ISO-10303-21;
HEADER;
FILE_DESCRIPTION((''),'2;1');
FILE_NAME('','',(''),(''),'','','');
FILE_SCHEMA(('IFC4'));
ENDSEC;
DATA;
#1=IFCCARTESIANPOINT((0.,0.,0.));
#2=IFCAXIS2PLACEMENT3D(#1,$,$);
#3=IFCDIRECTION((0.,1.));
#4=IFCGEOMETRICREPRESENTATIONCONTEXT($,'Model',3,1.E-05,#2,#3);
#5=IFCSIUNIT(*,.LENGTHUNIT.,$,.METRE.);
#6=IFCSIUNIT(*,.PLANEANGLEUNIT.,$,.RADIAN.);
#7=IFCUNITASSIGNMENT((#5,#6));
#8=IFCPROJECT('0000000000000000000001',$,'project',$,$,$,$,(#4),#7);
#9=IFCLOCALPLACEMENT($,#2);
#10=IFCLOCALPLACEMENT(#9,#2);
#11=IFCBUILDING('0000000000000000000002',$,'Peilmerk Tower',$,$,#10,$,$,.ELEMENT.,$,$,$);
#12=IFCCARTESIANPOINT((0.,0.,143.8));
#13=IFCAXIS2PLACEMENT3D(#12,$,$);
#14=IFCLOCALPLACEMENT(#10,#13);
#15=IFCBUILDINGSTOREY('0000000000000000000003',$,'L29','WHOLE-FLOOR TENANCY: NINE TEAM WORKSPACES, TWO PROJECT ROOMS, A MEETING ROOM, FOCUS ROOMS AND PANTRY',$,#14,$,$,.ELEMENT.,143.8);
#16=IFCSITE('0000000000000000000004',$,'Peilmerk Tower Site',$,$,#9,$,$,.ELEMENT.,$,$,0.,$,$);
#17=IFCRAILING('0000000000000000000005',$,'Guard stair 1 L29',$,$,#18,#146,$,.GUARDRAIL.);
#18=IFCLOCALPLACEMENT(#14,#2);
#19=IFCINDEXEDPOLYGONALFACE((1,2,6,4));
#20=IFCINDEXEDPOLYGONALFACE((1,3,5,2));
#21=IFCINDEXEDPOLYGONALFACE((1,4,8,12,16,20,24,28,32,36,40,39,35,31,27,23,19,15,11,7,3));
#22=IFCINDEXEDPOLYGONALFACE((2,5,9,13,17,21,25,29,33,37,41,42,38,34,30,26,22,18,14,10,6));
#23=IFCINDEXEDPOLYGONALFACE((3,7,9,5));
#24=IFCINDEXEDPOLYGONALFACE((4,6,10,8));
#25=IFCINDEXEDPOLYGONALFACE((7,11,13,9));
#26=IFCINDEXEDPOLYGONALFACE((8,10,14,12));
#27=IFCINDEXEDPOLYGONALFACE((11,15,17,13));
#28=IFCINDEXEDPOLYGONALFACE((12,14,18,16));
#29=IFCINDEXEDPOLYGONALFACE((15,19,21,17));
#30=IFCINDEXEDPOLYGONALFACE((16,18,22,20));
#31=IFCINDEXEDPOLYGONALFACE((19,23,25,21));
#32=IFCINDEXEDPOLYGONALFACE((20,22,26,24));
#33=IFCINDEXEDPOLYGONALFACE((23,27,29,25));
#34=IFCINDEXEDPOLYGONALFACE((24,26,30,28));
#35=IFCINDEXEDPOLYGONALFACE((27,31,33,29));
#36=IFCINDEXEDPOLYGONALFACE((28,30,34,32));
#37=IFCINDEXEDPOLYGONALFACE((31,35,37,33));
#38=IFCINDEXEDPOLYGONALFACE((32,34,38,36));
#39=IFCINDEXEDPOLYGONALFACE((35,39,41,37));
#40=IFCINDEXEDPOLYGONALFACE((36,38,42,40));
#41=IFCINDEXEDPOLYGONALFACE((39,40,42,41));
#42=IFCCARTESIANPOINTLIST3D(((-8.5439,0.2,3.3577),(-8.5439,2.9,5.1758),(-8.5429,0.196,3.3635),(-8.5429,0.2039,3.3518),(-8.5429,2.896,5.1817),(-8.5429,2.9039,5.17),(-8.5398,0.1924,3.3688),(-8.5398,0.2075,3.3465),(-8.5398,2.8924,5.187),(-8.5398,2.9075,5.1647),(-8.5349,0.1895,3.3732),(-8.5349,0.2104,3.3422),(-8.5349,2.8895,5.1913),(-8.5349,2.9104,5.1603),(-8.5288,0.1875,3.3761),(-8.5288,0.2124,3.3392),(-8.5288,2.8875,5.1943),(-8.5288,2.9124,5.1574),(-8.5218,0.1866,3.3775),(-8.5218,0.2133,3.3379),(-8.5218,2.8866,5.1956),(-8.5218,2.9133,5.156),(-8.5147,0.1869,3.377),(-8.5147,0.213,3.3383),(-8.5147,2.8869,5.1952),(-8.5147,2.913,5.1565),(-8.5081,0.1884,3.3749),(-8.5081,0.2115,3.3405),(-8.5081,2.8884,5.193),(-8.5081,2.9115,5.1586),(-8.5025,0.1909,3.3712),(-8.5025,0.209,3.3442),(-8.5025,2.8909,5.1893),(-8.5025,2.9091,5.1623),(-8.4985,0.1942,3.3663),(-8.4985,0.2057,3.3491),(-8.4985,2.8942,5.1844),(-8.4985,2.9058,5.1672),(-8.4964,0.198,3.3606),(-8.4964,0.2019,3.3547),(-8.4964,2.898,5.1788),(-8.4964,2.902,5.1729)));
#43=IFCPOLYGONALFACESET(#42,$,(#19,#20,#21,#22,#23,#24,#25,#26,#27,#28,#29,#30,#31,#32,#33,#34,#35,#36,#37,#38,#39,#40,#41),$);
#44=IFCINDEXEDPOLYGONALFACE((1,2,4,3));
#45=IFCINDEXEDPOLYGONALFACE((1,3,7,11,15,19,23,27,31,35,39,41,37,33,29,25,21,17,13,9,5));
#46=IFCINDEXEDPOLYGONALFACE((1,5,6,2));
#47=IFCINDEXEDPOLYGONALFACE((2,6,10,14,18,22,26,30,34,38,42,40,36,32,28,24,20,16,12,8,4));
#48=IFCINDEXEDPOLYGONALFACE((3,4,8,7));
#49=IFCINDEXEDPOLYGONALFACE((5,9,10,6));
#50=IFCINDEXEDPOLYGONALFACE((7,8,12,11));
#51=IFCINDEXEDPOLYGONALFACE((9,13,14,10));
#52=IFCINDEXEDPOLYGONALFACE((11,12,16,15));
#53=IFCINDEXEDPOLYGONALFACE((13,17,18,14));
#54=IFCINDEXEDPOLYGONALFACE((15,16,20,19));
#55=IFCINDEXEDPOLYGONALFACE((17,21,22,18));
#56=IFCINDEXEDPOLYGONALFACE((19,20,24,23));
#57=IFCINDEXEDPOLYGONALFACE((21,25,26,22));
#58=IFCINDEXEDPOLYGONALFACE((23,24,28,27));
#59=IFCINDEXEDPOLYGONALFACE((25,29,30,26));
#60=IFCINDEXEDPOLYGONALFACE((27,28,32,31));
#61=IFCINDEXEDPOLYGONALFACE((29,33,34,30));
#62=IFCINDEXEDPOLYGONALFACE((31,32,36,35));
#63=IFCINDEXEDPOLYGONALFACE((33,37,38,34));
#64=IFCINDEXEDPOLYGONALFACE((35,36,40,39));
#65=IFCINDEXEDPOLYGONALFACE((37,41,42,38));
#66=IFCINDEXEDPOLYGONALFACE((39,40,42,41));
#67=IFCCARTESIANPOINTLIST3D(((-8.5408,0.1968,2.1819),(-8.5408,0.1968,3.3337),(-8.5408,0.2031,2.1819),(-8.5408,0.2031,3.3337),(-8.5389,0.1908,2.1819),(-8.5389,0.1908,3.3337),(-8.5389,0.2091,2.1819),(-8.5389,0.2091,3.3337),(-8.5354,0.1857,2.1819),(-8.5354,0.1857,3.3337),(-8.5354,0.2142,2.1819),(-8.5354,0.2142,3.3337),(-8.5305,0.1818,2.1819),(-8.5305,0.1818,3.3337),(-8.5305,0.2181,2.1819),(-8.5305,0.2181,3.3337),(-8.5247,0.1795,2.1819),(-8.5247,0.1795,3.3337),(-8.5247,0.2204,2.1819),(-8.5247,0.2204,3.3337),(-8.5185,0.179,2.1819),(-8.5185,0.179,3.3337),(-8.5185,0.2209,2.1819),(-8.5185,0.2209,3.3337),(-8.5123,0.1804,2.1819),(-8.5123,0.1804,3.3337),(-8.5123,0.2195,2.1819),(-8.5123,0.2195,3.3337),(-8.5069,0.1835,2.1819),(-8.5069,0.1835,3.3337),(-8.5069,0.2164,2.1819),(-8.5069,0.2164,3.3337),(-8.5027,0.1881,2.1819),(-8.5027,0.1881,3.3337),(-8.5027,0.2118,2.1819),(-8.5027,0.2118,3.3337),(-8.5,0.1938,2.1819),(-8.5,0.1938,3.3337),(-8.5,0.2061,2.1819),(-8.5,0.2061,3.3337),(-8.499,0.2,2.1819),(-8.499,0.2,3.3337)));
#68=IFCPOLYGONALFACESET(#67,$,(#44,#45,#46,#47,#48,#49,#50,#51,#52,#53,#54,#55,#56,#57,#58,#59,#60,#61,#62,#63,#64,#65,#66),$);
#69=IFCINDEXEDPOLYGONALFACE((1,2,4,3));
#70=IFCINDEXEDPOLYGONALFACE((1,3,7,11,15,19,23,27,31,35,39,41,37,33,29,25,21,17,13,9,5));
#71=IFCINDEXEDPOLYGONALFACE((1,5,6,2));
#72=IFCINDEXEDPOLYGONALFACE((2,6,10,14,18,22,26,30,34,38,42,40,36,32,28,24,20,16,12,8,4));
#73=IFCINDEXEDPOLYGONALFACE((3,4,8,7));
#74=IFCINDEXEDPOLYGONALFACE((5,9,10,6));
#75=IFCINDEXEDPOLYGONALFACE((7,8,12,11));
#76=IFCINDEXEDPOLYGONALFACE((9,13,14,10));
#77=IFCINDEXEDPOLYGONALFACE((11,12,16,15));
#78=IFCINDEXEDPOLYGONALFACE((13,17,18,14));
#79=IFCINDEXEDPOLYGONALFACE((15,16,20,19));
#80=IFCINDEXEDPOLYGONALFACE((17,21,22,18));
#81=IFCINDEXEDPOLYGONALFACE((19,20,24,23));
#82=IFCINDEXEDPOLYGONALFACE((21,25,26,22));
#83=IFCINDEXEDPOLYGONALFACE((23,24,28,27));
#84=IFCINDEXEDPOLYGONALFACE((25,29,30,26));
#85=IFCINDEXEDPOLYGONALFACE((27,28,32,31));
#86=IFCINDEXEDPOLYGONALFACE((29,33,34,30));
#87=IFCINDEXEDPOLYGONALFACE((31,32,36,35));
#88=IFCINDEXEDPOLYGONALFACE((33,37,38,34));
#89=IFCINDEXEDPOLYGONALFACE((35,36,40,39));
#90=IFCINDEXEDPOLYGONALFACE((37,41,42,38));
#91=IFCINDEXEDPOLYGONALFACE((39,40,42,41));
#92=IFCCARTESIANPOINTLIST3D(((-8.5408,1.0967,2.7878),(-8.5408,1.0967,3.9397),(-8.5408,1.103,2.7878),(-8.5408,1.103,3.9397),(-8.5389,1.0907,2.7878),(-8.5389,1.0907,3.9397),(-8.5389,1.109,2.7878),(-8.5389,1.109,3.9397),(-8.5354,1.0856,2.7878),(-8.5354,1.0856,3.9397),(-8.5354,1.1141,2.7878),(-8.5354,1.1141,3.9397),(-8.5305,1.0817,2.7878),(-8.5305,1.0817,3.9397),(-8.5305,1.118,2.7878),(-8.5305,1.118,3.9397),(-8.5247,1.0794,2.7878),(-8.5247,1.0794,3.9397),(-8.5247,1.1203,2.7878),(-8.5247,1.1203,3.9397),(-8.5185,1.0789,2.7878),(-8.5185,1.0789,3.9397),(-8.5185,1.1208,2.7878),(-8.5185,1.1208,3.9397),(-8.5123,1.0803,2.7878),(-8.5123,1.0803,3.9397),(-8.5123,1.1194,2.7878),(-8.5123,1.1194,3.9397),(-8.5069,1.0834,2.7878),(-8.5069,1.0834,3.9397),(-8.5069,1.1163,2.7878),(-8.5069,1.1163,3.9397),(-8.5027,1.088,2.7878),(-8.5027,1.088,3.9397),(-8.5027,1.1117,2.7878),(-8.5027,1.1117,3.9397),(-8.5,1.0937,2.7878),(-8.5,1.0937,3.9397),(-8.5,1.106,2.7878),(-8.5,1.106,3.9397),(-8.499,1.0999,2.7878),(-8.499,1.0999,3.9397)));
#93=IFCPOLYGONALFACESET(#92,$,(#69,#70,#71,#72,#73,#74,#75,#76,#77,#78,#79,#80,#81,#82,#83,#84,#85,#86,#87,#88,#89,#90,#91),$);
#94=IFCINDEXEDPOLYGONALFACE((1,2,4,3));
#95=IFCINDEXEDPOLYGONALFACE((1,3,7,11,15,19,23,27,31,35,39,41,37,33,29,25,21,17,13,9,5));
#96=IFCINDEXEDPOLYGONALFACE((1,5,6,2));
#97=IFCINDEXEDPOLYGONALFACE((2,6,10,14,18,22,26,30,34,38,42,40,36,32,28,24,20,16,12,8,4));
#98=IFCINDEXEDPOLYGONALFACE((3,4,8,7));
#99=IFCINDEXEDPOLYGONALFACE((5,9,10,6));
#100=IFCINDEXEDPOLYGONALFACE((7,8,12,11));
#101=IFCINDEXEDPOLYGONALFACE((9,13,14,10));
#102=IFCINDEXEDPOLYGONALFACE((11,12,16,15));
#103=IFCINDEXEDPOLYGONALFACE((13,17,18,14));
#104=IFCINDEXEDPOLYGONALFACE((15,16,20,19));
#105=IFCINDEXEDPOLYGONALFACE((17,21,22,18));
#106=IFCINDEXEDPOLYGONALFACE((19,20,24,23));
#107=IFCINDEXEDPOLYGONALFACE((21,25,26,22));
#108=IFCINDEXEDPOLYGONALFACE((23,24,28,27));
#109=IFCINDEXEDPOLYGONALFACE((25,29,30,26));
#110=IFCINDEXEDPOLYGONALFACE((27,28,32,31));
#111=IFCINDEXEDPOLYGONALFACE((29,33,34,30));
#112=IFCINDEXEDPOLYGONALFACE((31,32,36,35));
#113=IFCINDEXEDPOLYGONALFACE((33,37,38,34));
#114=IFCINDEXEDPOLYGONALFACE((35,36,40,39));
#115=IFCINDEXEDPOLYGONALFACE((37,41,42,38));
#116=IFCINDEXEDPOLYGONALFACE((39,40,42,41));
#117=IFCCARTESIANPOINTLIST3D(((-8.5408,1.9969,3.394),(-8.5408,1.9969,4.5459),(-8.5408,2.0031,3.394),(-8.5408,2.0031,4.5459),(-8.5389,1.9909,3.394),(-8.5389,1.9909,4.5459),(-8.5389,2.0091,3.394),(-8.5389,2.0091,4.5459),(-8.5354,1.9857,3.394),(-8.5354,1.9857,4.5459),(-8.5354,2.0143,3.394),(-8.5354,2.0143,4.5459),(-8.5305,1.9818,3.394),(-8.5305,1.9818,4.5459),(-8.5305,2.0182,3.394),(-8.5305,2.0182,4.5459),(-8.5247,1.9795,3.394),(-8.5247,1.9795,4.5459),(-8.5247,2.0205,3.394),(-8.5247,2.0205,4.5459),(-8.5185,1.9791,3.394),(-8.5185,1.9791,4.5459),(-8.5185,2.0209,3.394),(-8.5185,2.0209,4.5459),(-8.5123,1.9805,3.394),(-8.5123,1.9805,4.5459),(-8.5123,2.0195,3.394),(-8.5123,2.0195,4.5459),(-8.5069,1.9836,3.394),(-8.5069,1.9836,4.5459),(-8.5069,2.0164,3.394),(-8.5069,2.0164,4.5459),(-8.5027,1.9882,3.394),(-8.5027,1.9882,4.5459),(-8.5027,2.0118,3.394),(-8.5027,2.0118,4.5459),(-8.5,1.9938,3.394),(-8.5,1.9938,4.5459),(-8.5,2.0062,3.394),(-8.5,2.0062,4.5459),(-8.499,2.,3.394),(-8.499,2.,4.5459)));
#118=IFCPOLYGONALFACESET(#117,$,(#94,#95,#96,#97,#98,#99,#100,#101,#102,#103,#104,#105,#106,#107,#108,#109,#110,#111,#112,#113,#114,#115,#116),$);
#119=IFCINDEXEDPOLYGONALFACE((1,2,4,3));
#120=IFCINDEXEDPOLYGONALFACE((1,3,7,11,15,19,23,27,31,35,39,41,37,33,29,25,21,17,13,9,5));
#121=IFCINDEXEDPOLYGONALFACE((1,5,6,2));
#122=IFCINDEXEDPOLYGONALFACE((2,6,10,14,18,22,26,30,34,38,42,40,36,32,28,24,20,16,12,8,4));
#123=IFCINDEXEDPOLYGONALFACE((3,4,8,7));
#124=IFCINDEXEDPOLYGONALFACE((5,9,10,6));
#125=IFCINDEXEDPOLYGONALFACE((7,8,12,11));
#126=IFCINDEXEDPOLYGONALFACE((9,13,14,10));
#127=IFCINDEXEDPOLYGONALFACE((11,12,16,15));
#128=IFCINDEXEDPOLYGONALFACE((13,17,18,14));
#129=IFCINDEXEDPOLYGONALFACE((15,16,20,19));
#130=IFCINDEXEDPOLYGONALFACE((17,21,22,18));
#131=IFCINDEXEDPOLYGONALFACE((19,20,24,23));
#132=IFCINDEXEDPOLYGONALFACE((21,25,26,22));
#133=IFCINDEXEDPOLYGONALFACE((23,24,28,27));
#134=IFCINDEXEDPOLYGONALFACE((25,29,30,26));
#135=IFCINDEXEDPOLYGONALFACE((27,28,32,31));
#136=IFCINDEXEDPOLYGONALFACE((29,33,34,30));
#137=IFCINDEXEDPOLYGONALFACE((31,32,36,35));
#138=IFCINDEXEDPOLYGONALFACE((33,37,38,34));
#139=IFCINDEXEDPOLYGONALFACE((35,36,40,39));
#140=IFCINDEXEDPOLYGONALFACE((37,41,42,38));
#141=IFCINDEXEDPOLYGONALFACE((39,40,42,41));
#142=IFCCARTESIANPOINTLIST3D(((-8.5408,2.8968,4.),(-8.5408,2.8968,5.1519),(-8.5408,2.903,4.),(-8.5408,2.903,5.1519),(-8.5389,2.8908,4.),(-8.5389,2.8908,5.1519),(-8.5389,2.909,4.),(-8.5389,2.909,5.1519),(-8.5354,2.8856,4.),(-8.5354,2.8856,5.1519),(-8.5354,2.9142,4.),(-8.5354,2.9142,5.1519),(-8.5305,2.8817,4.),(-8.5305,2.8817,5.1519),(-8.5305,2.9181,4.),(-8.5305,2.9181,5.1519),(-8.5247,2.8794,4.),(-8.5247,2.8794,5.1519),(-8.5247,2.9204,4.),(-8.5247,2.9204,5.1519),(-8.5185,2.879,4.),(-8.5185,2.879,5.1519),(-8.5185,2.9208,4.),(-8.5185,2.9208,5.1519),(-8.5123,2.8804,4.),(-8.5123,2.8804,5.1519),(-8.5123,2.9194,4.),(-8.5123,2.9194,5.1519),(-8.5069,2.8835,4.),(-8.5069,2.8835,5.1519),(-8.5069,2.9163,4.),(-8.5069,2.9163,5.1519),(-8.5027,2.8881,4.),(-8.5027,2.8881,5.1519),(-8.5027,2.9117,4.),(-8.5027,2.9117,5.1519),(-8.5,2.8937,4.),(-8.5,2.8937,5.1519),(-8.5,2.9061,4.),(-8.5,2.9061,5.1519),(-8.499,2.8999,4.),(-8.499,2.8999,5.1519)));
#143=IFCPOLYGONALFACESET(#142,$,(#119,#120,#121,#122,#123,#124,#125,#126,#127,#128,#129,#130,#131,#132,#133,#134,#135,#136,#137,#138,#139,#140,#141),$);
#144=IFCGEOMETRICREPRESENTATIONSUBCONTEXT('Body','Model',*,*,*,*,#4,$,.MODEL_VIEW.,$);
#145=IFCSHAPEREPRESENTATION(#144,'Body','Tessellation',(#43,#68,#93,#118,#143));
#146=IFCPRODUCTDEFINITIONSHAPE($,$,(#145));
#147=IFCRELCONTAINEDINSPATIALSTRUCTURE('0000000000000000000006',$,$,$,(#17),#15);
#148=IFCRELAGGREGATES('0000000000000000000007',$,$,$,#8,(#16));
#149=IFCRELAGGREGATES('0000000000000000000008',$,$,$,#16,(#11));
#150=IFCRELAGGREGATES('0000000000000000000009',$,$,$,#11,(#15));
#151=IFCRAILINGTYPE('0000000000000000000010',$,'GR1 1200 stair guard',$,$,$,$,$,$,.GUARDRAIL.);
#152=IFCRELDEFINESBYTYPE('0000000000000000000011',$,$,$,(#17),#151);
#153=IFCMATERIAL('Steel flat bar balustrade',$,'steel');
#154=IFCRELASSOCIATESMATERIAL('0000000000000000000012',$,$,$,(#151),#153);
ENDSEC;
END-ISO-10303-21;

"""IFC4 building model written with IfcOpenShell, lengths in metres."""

from ifc_helpers import new_model, si_unit, direction, frame, origin, origin_2d, place, context, subcontext, project, spatial, circle, extrude, material, type_object, element, save


model = new_model("IFC4")

# Units and contexts
model_context = context("Model", 3, precision=1e-05, world=origin(), true_north=direction((0.0, 1.0)))
body_context = subcontext(model_context, "Body", "Model", "MODEL_VIEW")
ifc_project = project(units=[si_unit("LENGTHUNIT", "METRE"), si_unit("PLANEANGLEUNIT", "RADIAN")], contexts=[model_context])

# Site, building, storey
site_placement = place(None, origin())
site = spatial("IfcSite", under=ifc_project, at=site_placement, Name="Peilmerk Tower Site", CompositionType="ELEMENT", RefElevation=0.0)
building_placement = place(site_placement, origin())
building = spatial("IfcBuilding", under=site, at=building_placement, Name="Peilmerk Tower", CompositionType="ELEMENT")
storey_placement = place(building_placement, frame((0.0, 0.0, 143.8)))
storey = spatial("IfcBuildingStorey", under=building, at=storey_placement, Name="L29", Description="WHOLE-FLOOR TENANCY: NINE TEAM WORKSPACES, TWO PROJECT ROOMS, A MEETING ROOM, FOCUS ROOMS AND PANTRY", CompositionType="ELEMENT", Elevation=143.8)

# Railing
ifc_material_1 = material(Name="Steel flat bar balustrade", Category="steel")
railing_type_1 = type_object("IfcRailingType", Name="GR1 1200 stair guard", PredefinedType="GUARDRAIL", material=ifc_material_1)
railing_1_placement = place(storey_placement, frame((-8.52, 0.2, 2.1819)))
element("IfcRailing", 1, at=railing_1_placement, inside=storey, type_object=railing_type_1, Name="Guard stair 1 L29", PredefinedType="GUARDRAIL", context=body_context, shape_type="SweptSolid", body=[
    extrude(circle(Radius=0.0239, at=origin_2d()), frame((0.0, 0.0, 1.1758), z_axis=(0.0, 0.829468, 0.558554), x_axis=(-1.0, 0.0, 0.0)), (0.0, 0.0, 1.0), 3.2551),
    extrude(circle(Radius=0.021, at=origin_2d()), origin(), (0.0, 0.0, 1.0), 1.1519),
    extrude(circle(Radius=0.021, at=origin_2d()), frame((0.0, 0.8999, 0.606)), (0.0, 0.0, 1.0), 1.1519),
    extrude(circle(Radius=0.021, at=origin_2d()), frame((0.0, 1.8, 1.2122)), (0.0, 0.0, 1.0), 1.1519),
    extrude(circle(Radius=0.021, at=origin_2d()), frame((0.0, 2.7, 1.8181)), (0.0, 0.0, 1.0), 1.1519),
])

save(model, "model.ifc")
